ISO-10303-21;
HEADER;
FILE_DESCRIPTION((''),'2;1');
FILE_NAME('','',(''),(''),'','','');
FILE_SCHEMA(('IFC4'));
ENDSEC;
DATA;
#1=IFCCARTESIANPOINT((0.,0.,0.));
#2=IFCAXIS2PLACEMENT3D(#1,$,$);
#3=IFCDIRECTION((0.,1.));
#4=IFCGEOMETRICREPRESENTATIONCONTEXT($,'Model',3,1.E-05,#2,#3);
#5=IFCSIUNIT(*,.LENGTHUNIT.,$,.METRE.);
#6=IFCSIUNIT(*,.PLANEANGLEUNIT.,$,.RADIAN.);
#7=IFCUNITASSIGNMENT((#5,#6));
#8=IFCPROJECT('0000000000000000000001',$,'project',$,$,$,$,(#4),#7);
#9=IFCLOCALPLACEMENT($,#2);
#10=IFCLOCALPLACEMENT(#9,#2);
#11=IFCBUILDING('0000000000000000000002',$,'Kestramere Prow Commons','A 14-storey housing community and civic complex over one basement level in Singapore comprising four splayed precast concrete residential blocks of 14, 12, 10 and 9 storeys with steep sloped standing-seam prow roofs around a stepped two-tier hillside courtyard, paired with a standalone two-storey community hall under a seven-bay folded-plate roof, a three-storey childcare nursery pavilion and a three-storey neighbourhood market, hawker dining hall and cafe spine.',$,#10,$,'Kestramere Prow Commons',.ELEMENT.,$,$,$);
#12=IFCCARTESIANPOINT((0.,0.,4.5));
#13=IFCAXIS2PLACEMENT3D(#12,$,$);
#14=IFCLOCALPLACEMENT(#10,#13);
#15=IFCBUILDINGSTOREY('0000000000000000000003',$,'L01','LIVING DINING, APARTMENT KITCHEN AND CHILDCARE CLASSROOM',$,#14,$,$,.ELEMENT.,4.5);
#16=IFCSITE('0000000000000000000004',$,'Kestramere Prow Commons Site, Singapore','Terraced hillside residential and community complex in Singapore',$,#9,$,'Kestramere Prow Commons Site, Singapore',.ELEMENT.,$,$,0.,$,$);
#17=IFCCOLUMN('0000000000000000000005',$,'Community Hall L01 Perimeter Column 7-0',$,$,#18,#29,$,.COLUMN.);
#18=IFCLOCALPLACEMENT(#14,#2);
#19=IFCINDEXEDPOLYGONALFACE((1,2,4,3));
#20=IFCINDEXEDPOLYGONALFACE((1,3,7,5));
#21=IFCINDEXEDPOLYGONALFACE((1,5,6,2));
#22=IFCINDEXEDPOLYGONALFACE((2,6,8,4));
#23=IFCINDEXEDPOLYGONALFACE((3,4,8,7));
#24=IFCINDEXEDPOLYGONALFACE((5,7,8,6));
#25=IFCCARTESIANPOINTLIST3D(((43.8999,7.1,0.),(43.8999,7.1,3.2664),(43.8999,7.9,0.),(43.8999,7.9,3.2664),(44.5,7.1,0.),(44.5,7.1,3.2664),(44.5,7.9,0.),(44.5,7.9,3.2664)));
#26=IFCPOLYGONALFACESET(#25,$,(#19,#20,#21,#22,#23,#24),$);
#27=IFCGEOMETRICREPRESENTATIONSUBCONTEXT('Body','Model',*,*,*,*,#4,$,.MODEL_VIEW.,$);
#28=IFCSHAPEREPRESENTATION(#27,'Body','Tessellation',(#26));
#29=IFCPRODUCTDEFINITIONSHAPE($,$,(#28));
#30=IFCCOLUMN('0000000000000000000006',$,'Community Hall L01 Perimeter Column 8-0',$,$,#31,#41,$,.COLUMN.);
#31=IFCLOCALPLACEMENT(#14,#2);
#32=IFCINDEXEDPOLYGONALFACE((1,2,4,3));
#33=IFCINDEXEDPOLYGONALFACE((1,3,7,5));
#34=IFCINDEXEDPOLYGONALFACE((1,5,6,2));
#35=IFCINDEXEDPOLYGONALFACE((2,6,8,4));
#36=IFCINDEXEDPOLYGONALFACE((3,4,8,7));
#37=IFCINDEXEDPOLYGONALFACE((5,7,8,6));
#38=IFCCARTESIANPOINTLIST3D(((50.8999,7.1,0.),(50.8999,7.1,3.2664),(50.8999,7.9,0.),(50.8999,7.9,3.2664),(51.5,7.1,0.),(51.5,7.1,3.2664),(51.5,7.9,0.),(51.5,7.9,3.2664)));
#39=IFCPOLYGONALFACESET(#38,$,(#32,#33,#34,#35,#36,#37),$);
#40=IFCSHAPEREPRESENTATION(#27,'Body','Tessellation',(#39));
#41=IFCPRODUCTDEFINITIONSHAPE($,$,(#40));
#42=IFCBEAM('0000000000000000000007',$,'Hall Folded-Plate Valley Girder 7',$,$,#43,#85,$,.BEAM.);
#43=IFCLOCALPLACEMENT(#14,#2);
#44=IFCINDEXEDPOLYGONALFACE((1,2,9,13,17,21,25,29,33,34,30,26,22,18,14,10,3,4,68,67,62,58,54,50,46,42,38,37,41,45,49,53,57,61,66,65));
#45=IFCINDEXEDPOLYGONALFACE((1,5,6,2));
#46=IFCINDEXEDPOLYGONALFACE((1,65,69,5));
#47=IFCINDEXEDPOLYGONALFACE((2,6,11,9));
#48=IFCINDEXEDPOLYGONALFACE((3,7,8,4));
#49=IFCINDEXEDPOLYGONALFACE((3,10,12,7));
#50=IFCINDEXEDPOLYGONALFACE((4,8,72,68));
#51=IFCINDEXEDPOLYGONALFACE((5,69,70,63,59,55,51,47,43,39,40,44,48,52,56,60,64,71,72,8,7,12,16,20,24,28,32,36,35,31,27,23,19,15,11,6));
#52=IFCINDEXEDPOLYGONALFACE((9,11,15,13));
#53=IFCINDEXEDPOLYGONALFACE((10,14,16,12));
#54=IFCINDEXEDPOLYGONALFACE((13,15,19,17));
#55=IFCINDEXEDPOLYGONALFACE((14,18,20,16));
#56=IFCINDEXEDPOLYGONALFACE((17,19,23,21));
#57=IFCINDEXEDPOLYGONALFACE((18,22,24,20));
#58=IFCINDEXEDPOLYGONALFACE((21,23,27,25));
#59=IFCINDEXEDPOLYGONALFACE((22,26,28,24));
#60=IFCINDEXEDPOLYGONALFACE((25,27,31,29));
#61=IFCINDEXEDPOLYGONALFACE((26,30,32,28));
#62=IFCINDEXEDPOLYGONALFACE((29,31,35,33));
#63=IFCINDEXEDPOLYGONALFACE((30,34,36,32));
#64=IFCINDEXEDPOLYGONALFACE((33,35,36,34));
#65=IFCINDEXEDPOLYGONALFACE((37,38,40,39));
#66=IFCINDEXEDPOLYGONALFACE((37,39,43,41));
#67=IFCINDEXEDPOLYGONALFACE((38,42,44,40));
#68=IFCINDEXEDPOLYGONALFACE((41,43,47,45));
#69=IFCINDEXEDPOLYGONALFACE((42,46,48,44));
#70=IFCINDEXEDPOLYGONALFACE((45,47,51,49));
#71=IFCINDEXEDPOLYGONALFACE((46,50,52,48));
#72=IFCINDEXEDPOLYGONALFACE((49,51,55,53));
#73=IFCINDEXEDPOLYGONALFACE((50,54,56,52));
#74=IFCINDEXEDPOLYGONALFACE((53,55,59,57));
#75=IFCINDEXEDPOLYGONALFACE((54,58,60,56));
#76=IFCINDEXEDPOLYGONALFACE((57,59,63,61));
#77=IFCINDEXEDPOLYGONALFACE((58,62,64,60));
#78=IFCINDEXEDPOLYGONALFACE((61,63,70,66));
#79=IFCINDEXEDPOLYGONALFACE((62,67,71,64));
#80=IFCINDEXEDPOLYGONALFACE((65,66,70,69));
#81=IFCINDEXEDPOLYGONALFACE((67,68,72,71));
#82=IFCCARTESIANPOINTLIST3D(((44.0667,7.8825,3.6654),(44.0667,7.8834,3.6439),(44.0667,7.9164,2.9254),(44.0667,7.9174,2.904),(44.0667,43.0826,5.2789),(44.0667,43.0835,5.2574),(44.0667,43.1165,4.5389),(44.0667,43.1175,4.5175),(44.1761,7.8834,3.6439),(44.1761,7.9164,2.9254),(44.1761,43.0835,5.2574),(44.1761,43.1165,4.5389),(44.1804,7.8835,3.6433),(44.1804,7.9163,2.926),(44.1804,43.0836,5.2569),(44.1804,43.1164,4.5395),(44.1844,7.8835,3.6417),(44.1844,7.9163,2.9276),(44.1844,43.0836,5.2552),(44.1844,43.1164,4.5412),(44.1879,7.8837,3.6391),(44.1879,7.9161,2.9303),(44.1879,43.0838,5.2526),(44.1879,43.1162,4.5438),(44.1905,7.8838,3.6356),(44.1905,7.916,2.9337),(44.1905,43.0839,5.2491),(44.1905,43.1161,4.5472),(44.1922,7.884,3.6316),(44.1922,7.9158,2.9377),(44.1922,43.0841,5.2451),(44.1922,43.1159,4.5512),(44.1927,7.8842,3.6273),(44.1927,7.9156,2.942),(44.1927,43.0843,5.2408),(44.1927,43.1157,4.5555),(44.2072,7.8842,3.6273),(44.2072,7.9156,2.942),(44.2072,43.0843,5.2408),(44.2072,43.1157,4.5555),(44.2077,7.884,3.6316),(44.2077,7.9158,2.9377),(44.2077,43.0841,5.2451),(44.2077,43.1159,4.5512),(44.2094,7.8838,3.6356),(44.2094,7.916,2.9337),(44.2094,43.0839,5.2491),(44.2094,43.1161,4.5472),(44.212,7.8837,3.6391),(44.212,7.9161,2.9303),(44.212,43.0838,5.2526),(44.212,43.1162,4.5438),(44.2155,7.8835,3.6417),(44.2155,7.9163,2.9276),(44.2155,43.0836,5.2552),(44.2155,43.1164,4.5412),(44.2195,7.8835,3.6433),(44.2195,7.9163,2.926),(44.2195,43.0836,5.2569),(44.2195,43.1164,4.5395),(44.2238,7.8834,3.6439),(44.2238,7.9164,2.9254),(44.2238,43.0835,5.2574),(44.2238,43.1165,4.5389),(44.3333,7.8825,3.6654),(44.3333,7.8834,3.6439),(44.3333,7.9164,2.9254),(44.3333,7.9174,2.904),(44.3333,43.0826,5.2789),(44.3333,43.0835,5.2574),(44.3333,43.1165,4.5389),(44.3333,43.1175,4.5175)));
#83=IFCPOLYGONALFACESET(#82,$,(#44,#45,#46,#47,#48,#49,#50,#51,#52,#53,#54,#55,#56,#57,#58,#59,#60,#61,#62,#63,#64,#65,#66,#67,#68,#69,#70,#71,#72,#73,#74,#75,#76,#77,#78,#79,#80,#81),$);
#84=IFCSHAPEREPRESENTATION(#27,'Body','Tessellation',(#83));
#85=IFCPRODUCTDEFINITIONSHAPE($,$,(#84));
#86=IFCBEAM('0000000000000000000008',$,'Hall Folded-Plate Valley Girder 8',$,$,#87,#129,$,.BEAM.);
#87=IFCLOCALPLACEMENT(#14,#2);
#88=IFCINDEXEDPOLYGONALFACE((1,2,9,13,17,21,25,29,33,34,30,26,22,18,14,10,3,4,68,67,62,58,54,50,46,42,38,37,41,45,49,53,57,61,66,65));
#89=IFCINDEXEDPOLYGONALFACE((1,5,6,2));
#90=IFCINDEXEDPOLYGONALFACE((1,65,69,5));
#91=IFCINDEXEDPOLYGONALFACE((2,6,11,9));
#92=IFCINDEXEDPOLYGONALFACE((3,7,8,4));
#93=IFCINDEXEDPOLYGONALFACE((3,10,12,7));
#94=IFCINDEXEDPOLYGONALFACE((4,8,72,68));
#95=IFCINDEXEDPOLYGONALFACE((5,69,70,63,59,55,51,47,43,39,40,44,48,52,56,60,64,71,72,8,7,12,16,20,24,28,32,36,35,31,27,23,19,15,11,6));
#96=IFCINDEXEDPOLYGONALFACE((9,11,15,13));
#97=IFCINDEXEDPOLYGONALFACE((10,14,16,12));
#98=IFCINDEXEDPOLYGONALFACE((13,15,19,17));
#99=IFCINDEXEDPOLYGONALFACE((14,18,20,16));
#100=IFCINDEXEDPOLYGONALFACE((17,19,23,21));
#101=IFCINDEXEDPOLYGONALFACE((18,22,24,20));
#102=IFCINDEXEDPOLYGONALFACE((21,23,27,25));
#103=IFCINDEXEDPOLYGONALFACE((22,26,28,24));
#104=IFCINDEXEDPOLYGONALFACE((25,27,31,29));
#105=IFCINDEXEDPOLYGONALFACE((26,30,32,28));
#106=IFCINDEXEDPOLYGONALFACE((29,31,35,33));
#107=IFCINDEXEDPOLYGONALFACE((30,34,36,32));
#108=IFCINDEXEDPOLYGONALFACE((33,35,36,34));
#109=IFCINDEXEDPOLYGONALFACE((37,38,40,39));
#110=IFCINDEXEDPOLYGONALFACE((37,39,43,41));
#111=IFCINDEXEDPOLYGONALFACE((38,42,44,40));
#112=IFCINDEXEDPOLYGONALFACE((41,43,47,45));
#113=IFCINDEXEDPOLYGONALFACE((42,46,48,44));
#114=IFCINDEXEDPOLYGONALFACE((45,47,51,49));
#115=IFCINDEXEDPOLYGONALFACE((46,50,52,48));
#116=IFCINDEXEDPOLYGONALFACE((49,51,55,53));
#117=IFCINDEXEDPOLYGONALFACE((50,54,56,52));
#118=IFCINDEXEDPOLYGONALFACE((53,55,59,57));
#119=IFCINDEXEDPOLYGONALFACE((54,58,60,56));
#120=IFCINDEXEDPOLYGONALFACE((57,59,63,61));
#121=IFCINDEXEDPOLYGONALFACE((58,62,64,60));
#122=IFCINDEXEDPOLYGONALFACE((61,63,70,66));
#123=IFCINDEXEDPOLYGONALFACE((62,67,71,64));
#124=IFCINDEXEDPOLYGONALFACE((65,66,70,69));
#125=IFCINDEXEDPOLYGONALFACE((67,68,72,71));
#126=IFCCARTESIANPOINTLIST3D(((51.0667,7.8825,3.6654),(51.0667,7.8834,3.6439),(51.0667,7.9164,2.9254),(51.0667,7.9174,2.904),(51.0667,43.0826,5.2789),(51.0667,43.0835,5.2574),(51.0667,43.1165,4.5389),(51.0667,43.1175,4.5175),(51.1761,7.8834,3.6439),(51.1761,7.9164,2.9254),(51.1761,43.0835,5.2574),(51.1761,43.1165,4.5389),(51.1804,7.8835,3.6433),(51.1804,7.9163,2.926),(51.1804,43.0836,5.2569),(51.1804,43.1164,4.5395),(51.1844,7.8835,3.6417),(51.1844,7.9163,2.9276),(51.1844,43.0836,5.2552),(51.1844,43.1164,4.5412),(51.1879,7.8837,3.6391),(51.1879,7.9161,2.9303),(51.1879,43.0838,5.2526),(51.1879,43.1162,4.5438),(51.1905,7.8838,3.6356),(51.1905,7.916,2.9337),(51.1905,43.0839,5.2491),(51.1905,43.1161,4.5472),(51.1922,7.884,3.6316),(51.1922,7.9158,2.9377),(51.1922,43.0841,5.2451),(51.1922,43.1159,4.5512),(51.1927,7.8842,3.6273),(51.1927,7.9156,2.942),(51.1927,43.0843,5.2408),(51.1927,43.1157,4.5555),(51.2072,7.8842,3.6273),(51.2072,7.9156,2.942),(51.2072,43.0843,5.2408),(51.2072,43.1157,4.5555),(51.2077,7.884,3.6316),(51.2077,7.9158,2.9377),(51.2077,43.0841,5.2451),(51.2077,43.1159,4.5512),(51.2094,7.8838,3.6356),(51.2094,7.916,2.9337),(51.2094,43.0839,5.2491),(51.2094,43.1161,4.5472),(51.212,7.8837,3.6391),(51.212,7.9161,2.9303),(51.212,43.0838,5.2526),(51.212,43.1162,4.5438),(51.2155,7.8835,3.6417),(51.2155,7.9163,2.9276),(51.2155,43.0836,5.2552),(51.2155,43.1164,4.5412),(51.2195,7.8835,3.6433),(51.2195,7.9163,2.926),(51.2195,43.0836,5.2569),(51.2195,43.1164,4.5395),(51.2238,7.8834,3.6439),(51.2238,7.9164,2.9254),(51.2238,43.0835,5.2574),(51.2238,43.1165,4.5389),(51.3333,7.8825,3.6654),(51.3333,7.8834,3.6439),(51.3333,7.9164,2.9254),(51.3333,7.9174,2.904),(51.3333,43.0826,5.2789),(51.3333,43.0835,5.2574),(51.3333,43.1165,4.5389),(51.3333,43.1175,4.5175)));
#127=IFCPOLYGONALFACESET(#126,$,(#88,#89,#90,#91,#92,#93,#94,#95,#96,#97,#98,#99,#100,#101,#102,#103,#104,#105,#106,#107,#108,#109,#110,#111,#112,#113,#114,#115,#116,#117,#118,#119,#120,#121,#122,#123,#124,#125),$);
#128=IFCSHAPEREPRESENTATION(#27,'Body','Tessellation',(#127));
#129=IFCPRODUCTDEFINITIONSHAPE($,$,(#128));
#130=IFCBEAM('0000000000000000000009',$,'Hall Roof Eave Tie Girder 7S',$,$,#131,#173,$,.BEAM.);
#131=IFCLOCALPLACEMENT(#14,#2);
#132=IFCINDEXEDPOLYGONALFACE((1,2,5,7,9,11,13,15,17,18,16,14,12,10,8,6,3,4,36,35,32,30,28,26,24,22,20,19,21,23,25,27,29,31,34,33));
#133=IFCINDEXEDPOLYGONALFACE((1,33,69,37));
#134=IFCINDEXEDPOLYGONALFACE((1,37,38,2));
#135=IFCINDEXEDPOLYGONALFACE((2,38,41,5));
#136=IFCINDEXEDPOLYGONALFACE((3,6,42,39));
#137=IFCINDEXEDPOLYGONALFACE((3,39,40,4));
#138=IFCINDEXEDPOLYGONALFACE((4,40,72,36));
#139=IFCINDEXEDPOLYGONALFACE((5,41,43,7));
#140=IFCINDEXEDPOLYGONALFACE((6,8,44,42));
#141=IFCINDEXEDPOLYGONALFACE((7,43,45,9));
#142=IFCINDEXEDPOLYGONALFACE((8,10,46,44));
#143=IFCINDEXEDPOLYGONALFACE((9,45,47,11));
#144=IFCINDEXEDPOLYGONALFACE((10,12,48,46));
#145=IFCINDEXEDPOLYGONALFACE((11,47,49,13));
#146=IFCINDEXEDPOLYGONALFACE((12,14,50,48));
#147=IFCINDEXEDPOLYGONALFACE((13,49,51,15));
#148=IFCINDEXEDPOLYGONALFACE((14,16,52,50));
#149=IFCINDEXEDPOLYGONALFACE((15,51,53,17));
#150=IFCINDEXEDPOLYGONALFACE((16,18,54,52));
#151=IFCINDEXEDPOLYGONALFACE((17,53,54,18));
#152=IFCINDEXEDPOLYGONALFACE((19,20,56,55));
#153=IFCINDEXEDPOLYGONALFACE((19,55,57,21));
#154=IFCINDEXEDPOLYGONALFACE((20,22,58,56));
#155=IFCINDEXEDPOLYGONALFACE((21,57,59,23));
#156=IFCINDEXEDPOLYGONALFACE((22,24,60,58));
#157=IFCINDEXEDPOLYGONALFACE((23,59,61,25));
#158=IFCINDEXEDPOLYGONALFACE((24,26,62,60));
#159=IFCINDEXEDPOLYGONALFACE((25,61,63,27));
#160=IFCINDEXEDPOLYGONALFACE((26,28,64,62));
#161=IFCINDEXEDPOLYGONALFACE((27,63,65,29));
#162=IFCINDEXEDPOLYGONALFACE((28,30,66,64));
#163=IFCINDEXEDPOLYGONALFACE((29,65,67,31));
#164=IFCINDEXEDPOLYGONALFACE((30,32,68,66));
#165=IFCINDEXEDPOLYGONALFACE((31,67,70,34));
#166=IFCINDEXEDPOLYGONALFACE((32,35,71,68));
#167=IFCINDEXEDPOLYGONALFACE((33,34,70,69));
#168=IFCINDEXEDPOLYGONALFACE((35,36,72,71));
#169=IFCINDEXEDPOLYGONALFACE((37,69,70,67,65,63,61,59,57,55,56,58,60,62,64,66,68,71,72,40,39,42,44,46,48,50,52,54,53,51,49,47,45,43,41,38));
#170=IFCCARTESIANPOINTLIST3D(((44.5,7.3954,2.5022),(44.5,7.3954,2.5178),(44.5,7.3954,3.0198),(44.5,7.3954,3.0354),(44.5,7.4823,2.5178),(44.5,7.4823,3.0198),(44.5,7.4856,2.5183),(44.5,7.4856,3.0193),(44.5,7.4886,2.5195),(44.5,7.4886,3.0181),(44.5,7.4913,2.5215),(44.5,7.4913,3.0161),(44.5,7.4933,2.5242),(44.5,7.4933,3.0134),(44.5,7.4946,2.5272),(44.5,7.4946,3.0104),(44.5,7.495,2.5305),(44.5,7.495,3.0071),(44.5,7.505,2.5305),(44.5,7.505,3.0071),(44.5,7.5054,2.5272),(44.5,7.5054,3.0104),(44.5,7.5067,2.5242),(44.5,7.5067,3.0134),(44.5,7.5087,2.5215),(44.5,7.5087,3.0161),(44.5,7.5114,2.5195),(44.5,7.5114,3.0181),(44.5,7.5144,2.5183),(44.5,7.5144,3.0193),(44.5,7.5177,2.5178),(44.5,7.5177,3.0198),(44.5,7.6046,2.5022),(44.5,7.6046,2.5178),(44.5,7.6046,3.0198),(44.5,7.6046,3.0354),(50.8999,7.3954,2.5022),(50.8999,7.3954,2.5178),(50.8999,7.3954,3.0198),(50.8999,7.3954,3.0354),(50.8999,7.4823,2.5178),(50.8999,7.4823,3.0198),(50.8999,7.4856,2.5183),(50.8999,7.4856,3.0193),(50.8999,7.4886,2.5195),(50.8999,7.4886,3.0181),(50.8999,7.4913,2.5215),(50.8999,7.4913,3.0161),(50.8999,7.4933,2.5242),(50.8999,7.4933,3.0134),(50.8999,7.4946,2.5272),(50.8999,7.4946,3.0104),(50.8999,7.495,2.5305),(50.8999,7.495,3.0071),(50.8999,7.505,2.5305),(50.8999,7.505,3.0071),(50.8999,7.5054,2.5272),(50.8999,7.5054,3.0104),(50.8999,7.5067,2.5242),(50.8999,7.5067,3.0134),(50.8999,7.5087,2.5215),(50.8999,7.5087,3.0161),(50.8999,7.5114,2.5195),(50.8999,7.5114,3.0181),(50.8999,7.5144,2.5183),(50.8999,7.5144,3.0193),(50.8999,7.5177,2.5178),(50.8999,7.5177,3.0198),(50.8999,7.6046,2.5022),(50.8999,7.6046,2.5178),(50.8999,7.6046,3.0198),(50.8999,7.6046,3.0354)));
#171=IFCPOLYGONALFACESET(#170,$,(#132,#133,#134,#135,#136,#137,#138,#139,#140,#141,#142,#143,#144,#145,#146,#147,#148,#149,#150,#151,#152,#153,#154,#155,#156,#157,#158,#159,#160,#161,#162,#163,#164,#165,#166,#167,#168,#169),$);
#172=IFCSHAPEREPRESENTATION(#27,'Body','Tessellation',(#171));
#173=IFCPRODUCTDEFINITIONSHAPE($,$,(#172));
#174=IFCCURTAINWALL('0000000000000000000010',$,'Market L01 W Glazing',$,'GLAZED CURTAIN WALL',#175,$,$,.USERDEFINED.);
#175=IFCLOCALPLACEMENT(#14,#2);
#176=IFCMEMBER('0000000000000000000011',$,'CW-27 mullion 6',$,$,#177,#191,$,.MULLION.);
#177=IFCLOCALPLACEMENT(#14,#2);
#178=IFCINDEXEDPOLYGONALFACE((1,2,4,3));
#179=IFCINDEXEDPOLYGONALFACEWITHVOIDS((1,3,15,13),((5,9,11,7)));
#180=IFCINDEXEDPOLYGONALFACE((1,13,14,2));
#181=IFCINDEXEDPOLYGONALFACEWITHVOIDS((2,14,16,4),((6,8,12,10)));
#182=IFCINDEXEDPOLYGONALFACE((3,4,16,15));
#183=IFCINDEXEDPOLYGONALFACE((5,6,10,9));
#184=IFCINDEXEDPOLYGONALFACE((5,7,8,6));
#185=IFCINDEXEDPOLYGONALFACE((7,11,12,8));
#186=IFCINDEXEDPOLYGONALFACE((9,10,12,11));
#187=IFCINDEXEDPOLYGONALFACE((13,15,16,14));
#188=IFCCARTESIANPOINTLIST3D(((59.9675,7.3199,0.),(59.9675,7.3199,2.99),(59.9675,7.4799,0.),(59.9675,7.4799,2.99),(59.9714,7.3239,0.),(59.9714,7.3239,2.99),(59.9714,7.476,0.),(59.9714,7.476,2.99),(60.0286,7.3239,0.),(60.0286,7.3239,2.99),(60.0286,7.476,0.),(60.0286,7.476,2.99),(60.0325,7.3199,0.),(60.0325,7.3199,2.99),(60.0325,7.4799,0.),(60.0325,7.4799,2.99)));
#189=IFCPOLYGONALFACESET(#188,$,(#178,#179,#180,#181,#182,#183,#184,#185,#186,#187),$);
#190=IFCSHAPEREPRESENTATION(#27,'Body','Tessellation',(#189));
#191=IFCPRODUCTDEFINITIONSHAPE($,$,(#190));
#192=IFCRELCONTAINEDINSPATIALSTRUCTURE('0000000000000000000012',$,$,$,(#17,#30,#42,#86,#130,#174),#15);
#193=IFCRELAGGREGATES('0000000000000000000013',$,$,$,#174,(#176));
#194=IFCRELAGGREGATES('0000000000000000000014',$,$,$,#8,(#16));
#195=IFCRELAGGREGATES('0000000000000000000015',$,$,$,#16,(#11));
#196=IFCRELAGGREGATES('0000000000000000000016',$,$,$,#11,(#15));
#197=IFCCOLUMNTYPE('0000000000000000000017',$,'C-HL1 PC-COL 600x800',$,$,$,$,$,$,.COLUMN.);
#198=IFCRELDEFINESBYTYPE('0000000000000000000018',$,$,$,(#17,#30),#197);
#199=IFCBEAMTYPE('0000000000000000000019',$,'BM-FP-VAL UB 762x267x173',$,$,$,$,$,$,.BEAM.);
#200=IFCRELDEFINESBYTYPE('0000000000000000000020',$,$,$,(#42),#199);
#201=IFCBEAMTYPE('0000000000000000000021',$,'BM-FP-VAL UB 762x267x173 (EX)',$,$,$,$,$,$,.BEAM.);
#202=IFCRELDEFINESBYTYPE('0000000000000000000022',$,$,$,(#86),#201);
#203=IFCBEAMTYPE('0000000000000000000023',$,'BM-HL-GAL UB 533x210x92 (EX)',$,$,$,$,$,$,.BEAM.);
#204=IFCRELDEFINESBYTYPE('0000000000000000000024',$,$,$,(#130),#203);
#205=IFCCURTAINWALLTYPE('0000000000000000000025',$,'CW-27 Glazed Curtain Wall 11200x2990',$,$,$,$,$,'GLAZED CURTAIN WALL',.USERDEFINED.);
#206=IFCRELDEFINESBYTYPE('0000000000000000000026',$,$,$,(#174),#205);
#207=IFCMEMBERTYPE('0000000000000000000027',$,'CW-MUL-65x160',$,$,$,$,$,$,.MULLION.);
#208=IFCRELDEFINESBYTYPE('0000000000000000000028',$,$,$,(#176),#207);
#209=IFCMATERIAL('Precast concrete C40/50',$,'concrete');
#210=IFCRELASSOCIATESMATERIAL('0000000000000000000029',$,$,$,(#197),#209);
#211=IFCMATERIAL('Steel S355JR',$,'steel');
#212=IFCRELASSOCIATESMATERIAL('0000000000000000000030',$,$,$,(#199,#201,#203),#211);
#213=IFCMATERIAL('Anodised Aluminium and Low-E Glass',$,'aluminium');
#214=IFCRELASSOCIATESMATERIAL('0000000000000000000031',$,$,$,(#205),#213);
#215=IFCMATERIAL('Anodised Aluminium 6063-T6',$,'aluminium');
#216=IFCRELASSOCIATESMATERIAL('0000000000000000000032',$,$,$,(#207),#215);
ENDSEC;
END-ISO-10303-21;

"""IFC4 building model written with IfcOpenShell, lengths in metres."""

from ifc_helpers import new_model, si_unit, direction, frame, origin, origin_2d, place, context, subcontext, project, spatial, rectangle, hollow_rectangle, i_section, extrude, material, material_profile, profile_set, type_object, element, aggregate, save


model = new_model("IFC4")

# Units and contexts
model_context = context("Model", 3, precision=1e-05, world=origin(), true_north=direction((0.0, 1.0)))
body_context = subcontext(model_context, "Body", "Model", "MODEL_VIEW")
ifc_project = project(units=[si_unit("LENGTHUNIT", "METRE"), si_unit("PLANEANGLEUNIT", "RADIAN")], contexts=[model_context])

# Site, building, storey
site_placement = place(None, origin())
site = spatial("IfcSite", under=ifc_project, at=site_placement, Name="Kestramere Prow Commons Site, Singapore", Description="Terraced hillside residential and community complex in Singapore", LongName="Kestramere Prow Commons Site, Singapore", CompositionType="ELEMENT", RefElevation=0.0)
building_placement = place(site_placement, origin())
building = spatial("IfcBuilding", under=site, at=building_placement, Name="Kestramere Prow Commons", Description="A 14-storey housing community and civic complex over one basement level in Singapore comprising four splayed precast concrete residential blocks of 14, 12, 10 and 9 storeys with steep sloped standing-seam prow roofs around a stepped two-tier hillside courtyard, paired with a standalone two-storey community hall under a seven-bay folded-plate roof, a three-storey childcare nursery pavilion and a three-storey neighbourhood market, hawker dining hall and cafe spine.", LongName="Kestramere Prow Commons", CompositionType="ELEMENT")
storey_placement = place(building_placement, frame((0.0, 0.0, 4.5)))
storey = spatial("IfcBuildingStorey", under=building, at=storey_placement, Name="L01", Description="LIVING DINING, APARTMENT KITCHEN AND CHILDCARE CLASSROOM", CompositionType="ELEMENT", Elevation=4.5)

# Columns
ifc_material_1 = material(Name="Precast concrete C40/50", Category="concrete")
ifc_material_profile_1 = material_profile(ifc_material_1, rectangle(XDim=0.6001, YDim=0.8, at=origin_2d()), Name="PC-COL 600x800")
ifc_profile_set_1 = profile_set([ifc_material_profile_1], Name="Precast concrete C40/50")
column_type = type_object("IfcColumnType", Name="C-HL1 PC-COL 600x800", PredefinedType="COLUMN", material=ifc_profile_set_1)
for number, where, z_axis, x_axis, name in (
    (1, (44.2, 7.5, 0.0), (0.0, 0.0, 1.0), (1.0, 0.0, 0.0), "Community Hall L01 Perimeter Column 7-0"),
    (2, (51.2, 7.5, 0.0), (0.0, 0.0, 1.0), (1.0, 0.0, 0.0), "Community Hall L01 Perimeter Column 8-0"),
):
    element("IfcColumn", number, at=place(storey_placement, frame(where, z_axis=z_axis, x_axis=x_axis)), inside=storey, type_object=column_type, Name=name, PredefinedType="COLUMN", context=body_context, shape_type="SweptSolid", body=[
        extrude(rectangle(XDim=0.6001, YDim=0.8, at=origin_2d()), origin(), (0.0, 0.0, 1.0), 3.2664),
    ])

# Beams
ifc_material_2 = material(Name="Steel S355JR", Category="steel")
ifc_material_profile_2 = material_profile(ifc_material_2, i_section(OverallWidth=0.2666, OverallDepth=0.7622, WebThickness=0.0144, FlangeThickness=0.0215, FilletRadius=0.0166, at=origin_2d()), Name="UB 762x267x173")
ifc_profile_set_2 = profile_set([ifc_material_profile_2], Name="Steel S355JR")
beam_type_1 = type_object("IfcBeamType", Name="BM-FP-VAL UB 762x267x173", PredefinedType="BEAM", material=ifc_profile_set_2)
beam_1_placement = place(storey_placement, frame((44.2, 7.8999, 3.2847), z_axis=(0.0, 0.998951, 0.04579), x_axis=(-1.0, 0.0, 0.0)))
element("IfcBeam", 3, at=beam_1_placement, inside=storey, type_object=beam_type_1, Name="Hall Folded-Plate Valley Girder 7", PredefinedType="BEAM", context=body_context, shape_type="SweptSolid", body=[
    extrude(i_section(OverallWidth=0.2666, OverallDepth=0.7622, WebThickness=0.0144, FlangeThickness=0.0215, FilletRadius=0.0166, at=origin_2d()), origin(), (0.0, 0.0, 1.0), 35.2371),
])
ifc_material_profile_3 = material_profile(ifc_material_2, i_section(OverallWidth=0.2666, OverallDepth=0.7622, WebThickness=0.0144, FlangeThickness=0.0215, FilletRadius=0.0166, at=origin_2d()), Name="UB 762x267x173")
ifc_profile_set_3 = profile_set([ifc_material_profile_3], Name="Steel S355JR")
beam_type_2 = type_object("IfcBeamType", Name="BM-FP-VAL UB 762x267x173 (EX)", PredefinedType="BEAM", material=ifc_profile_set_3)
beam_2_placement = place(storey_placement, frame((51.2, 7.8999, 3.2847), z_axis=(0.0, 0.998951, 0.04579), x_axis=(-1.0, 0.0, 0.0)))
element("IfcBeam", 4, at=beam_2_placement, inside=storey, type_object=beam_type_2, Name="Hall Folded-Plate Valley Girder 8", PredefinedType="BEAM", context=body_context, shape_type="SweptSolid", body=[
    extrude(i_section(OverallWidth=0.2666, OverallDepth=0.7622, WebThickness=0.0144, FlangeThickness=0.0215, FilletRadius=0.0166, at=origin_2d()), origin(), (0.0, 0.0, 1.0), 35.2371),
])
ifc_material_profile_4 = material_profile(ifc_material_2, i_section(OverallWidth=0.2092, OverallDepth=0.5332, WebThickness=0.01, FlangeThickness=0.0156, FilletRadius=0.0127, at=origin_2d()), Name="UB 533x210x92")
ifc_profile_set_4 = profile_set([ifc_material_profile_4], Name="Steel S355JR")
beam_type_3 = type_object("IfcBeamType", Name="BM-HL-GAL UB 533x210x92 (EX)", PredefinedType="BEAM", material=ifc_profile_set_4)
beam_3_placement = place(storey_placement, frame((44.5, 7.5, 2.7688), z_axis=(1.0, 0.0, 0.0), x_axis=(0.0, 1.0, 0.0)))
element("IfcBeam", 5, at=beam_3_placement, inside=storey, type_object=beam_type_3, Name="Hall Roof Eave Tie Girder 7S", PredefinedType="BEAM", context=body_context, shape_type="SweptSolid", body=[
    extrude(i_section(OverallWidth=0.2092, OverallDepth=0.5332, WebThickness=0.01, FlangeThickness=0.0156, FilletRadius=0.0127, at=origin_2d()), origin(), (0.0, 0.0, 1.0), 6.3999),
])

# Curtain wall, member
ifc_material_3 = material(Name="Anodised Aluminium and Low-E Glass", Category="aluminium")
curtain_wall_type = type_object("IfcCurtainWallType", Name="CW-27 Glazed Curtain Wall 11200x2990", ElementType="GLAZED CURTAIN WALL", PredefinedType="USERDEFINED", material=ifc_material_3)
curtain_wall_placement = place(storey_placement, origin())
curtain_wall = element("IfcCurtainWall", 6, at=curtain_wall_placement, inside=storey, type_object=curtain_wall_type, Name="Market L01 W Glazing", ObjectType="GLAZED CURTAIN WALL", PredefinedType="USERDEFINED")
ifc_material_4 = material(Name="Anodised Aluminium 6063-T6", Category="aluminium")
ifc_material_profile_5 = material_profile(ifc_material_4, hollow_rectangle(XDim=0.0649, YDim=0.1599, WallThickness=0.0039, at=origin_2d()), Name="ALU-MUL 65x160")
ifc_profile_set_5 = profile_set([ifc_material_profile_5], Name="Anodised Aluminium 6063-T6")
member_type_1 = type_object("IfcMemberType", Name="CW-MUL-65x160", PredefinedType="MULLION", material=ifc_profile_set_5)
member_1_placement = place(storey_placement, frame((60.0, 7.3999, 0.0), z_axis=(0.0, 0.0, 1.0), x_axis=(-1.0, 0.0, 0.0)))
member_1 = element("IfcMember", 7, at=member_1_placement, type_object=member_type_1, Name="CW-27 mullion 6", PredefinedType="MULLION", context=body_context, shape_type="SweptSolid", body=[
    extrude(hollow_rectangle(XDim=0.0649, YDim=0.1599, WallThickness=0.0039, at=origin_2d()), origin(), (0.0, 0.0, 1.0), 2.99),
])
aggregate(curtain_wall, [member_1])

save(model, "model.ifc")
